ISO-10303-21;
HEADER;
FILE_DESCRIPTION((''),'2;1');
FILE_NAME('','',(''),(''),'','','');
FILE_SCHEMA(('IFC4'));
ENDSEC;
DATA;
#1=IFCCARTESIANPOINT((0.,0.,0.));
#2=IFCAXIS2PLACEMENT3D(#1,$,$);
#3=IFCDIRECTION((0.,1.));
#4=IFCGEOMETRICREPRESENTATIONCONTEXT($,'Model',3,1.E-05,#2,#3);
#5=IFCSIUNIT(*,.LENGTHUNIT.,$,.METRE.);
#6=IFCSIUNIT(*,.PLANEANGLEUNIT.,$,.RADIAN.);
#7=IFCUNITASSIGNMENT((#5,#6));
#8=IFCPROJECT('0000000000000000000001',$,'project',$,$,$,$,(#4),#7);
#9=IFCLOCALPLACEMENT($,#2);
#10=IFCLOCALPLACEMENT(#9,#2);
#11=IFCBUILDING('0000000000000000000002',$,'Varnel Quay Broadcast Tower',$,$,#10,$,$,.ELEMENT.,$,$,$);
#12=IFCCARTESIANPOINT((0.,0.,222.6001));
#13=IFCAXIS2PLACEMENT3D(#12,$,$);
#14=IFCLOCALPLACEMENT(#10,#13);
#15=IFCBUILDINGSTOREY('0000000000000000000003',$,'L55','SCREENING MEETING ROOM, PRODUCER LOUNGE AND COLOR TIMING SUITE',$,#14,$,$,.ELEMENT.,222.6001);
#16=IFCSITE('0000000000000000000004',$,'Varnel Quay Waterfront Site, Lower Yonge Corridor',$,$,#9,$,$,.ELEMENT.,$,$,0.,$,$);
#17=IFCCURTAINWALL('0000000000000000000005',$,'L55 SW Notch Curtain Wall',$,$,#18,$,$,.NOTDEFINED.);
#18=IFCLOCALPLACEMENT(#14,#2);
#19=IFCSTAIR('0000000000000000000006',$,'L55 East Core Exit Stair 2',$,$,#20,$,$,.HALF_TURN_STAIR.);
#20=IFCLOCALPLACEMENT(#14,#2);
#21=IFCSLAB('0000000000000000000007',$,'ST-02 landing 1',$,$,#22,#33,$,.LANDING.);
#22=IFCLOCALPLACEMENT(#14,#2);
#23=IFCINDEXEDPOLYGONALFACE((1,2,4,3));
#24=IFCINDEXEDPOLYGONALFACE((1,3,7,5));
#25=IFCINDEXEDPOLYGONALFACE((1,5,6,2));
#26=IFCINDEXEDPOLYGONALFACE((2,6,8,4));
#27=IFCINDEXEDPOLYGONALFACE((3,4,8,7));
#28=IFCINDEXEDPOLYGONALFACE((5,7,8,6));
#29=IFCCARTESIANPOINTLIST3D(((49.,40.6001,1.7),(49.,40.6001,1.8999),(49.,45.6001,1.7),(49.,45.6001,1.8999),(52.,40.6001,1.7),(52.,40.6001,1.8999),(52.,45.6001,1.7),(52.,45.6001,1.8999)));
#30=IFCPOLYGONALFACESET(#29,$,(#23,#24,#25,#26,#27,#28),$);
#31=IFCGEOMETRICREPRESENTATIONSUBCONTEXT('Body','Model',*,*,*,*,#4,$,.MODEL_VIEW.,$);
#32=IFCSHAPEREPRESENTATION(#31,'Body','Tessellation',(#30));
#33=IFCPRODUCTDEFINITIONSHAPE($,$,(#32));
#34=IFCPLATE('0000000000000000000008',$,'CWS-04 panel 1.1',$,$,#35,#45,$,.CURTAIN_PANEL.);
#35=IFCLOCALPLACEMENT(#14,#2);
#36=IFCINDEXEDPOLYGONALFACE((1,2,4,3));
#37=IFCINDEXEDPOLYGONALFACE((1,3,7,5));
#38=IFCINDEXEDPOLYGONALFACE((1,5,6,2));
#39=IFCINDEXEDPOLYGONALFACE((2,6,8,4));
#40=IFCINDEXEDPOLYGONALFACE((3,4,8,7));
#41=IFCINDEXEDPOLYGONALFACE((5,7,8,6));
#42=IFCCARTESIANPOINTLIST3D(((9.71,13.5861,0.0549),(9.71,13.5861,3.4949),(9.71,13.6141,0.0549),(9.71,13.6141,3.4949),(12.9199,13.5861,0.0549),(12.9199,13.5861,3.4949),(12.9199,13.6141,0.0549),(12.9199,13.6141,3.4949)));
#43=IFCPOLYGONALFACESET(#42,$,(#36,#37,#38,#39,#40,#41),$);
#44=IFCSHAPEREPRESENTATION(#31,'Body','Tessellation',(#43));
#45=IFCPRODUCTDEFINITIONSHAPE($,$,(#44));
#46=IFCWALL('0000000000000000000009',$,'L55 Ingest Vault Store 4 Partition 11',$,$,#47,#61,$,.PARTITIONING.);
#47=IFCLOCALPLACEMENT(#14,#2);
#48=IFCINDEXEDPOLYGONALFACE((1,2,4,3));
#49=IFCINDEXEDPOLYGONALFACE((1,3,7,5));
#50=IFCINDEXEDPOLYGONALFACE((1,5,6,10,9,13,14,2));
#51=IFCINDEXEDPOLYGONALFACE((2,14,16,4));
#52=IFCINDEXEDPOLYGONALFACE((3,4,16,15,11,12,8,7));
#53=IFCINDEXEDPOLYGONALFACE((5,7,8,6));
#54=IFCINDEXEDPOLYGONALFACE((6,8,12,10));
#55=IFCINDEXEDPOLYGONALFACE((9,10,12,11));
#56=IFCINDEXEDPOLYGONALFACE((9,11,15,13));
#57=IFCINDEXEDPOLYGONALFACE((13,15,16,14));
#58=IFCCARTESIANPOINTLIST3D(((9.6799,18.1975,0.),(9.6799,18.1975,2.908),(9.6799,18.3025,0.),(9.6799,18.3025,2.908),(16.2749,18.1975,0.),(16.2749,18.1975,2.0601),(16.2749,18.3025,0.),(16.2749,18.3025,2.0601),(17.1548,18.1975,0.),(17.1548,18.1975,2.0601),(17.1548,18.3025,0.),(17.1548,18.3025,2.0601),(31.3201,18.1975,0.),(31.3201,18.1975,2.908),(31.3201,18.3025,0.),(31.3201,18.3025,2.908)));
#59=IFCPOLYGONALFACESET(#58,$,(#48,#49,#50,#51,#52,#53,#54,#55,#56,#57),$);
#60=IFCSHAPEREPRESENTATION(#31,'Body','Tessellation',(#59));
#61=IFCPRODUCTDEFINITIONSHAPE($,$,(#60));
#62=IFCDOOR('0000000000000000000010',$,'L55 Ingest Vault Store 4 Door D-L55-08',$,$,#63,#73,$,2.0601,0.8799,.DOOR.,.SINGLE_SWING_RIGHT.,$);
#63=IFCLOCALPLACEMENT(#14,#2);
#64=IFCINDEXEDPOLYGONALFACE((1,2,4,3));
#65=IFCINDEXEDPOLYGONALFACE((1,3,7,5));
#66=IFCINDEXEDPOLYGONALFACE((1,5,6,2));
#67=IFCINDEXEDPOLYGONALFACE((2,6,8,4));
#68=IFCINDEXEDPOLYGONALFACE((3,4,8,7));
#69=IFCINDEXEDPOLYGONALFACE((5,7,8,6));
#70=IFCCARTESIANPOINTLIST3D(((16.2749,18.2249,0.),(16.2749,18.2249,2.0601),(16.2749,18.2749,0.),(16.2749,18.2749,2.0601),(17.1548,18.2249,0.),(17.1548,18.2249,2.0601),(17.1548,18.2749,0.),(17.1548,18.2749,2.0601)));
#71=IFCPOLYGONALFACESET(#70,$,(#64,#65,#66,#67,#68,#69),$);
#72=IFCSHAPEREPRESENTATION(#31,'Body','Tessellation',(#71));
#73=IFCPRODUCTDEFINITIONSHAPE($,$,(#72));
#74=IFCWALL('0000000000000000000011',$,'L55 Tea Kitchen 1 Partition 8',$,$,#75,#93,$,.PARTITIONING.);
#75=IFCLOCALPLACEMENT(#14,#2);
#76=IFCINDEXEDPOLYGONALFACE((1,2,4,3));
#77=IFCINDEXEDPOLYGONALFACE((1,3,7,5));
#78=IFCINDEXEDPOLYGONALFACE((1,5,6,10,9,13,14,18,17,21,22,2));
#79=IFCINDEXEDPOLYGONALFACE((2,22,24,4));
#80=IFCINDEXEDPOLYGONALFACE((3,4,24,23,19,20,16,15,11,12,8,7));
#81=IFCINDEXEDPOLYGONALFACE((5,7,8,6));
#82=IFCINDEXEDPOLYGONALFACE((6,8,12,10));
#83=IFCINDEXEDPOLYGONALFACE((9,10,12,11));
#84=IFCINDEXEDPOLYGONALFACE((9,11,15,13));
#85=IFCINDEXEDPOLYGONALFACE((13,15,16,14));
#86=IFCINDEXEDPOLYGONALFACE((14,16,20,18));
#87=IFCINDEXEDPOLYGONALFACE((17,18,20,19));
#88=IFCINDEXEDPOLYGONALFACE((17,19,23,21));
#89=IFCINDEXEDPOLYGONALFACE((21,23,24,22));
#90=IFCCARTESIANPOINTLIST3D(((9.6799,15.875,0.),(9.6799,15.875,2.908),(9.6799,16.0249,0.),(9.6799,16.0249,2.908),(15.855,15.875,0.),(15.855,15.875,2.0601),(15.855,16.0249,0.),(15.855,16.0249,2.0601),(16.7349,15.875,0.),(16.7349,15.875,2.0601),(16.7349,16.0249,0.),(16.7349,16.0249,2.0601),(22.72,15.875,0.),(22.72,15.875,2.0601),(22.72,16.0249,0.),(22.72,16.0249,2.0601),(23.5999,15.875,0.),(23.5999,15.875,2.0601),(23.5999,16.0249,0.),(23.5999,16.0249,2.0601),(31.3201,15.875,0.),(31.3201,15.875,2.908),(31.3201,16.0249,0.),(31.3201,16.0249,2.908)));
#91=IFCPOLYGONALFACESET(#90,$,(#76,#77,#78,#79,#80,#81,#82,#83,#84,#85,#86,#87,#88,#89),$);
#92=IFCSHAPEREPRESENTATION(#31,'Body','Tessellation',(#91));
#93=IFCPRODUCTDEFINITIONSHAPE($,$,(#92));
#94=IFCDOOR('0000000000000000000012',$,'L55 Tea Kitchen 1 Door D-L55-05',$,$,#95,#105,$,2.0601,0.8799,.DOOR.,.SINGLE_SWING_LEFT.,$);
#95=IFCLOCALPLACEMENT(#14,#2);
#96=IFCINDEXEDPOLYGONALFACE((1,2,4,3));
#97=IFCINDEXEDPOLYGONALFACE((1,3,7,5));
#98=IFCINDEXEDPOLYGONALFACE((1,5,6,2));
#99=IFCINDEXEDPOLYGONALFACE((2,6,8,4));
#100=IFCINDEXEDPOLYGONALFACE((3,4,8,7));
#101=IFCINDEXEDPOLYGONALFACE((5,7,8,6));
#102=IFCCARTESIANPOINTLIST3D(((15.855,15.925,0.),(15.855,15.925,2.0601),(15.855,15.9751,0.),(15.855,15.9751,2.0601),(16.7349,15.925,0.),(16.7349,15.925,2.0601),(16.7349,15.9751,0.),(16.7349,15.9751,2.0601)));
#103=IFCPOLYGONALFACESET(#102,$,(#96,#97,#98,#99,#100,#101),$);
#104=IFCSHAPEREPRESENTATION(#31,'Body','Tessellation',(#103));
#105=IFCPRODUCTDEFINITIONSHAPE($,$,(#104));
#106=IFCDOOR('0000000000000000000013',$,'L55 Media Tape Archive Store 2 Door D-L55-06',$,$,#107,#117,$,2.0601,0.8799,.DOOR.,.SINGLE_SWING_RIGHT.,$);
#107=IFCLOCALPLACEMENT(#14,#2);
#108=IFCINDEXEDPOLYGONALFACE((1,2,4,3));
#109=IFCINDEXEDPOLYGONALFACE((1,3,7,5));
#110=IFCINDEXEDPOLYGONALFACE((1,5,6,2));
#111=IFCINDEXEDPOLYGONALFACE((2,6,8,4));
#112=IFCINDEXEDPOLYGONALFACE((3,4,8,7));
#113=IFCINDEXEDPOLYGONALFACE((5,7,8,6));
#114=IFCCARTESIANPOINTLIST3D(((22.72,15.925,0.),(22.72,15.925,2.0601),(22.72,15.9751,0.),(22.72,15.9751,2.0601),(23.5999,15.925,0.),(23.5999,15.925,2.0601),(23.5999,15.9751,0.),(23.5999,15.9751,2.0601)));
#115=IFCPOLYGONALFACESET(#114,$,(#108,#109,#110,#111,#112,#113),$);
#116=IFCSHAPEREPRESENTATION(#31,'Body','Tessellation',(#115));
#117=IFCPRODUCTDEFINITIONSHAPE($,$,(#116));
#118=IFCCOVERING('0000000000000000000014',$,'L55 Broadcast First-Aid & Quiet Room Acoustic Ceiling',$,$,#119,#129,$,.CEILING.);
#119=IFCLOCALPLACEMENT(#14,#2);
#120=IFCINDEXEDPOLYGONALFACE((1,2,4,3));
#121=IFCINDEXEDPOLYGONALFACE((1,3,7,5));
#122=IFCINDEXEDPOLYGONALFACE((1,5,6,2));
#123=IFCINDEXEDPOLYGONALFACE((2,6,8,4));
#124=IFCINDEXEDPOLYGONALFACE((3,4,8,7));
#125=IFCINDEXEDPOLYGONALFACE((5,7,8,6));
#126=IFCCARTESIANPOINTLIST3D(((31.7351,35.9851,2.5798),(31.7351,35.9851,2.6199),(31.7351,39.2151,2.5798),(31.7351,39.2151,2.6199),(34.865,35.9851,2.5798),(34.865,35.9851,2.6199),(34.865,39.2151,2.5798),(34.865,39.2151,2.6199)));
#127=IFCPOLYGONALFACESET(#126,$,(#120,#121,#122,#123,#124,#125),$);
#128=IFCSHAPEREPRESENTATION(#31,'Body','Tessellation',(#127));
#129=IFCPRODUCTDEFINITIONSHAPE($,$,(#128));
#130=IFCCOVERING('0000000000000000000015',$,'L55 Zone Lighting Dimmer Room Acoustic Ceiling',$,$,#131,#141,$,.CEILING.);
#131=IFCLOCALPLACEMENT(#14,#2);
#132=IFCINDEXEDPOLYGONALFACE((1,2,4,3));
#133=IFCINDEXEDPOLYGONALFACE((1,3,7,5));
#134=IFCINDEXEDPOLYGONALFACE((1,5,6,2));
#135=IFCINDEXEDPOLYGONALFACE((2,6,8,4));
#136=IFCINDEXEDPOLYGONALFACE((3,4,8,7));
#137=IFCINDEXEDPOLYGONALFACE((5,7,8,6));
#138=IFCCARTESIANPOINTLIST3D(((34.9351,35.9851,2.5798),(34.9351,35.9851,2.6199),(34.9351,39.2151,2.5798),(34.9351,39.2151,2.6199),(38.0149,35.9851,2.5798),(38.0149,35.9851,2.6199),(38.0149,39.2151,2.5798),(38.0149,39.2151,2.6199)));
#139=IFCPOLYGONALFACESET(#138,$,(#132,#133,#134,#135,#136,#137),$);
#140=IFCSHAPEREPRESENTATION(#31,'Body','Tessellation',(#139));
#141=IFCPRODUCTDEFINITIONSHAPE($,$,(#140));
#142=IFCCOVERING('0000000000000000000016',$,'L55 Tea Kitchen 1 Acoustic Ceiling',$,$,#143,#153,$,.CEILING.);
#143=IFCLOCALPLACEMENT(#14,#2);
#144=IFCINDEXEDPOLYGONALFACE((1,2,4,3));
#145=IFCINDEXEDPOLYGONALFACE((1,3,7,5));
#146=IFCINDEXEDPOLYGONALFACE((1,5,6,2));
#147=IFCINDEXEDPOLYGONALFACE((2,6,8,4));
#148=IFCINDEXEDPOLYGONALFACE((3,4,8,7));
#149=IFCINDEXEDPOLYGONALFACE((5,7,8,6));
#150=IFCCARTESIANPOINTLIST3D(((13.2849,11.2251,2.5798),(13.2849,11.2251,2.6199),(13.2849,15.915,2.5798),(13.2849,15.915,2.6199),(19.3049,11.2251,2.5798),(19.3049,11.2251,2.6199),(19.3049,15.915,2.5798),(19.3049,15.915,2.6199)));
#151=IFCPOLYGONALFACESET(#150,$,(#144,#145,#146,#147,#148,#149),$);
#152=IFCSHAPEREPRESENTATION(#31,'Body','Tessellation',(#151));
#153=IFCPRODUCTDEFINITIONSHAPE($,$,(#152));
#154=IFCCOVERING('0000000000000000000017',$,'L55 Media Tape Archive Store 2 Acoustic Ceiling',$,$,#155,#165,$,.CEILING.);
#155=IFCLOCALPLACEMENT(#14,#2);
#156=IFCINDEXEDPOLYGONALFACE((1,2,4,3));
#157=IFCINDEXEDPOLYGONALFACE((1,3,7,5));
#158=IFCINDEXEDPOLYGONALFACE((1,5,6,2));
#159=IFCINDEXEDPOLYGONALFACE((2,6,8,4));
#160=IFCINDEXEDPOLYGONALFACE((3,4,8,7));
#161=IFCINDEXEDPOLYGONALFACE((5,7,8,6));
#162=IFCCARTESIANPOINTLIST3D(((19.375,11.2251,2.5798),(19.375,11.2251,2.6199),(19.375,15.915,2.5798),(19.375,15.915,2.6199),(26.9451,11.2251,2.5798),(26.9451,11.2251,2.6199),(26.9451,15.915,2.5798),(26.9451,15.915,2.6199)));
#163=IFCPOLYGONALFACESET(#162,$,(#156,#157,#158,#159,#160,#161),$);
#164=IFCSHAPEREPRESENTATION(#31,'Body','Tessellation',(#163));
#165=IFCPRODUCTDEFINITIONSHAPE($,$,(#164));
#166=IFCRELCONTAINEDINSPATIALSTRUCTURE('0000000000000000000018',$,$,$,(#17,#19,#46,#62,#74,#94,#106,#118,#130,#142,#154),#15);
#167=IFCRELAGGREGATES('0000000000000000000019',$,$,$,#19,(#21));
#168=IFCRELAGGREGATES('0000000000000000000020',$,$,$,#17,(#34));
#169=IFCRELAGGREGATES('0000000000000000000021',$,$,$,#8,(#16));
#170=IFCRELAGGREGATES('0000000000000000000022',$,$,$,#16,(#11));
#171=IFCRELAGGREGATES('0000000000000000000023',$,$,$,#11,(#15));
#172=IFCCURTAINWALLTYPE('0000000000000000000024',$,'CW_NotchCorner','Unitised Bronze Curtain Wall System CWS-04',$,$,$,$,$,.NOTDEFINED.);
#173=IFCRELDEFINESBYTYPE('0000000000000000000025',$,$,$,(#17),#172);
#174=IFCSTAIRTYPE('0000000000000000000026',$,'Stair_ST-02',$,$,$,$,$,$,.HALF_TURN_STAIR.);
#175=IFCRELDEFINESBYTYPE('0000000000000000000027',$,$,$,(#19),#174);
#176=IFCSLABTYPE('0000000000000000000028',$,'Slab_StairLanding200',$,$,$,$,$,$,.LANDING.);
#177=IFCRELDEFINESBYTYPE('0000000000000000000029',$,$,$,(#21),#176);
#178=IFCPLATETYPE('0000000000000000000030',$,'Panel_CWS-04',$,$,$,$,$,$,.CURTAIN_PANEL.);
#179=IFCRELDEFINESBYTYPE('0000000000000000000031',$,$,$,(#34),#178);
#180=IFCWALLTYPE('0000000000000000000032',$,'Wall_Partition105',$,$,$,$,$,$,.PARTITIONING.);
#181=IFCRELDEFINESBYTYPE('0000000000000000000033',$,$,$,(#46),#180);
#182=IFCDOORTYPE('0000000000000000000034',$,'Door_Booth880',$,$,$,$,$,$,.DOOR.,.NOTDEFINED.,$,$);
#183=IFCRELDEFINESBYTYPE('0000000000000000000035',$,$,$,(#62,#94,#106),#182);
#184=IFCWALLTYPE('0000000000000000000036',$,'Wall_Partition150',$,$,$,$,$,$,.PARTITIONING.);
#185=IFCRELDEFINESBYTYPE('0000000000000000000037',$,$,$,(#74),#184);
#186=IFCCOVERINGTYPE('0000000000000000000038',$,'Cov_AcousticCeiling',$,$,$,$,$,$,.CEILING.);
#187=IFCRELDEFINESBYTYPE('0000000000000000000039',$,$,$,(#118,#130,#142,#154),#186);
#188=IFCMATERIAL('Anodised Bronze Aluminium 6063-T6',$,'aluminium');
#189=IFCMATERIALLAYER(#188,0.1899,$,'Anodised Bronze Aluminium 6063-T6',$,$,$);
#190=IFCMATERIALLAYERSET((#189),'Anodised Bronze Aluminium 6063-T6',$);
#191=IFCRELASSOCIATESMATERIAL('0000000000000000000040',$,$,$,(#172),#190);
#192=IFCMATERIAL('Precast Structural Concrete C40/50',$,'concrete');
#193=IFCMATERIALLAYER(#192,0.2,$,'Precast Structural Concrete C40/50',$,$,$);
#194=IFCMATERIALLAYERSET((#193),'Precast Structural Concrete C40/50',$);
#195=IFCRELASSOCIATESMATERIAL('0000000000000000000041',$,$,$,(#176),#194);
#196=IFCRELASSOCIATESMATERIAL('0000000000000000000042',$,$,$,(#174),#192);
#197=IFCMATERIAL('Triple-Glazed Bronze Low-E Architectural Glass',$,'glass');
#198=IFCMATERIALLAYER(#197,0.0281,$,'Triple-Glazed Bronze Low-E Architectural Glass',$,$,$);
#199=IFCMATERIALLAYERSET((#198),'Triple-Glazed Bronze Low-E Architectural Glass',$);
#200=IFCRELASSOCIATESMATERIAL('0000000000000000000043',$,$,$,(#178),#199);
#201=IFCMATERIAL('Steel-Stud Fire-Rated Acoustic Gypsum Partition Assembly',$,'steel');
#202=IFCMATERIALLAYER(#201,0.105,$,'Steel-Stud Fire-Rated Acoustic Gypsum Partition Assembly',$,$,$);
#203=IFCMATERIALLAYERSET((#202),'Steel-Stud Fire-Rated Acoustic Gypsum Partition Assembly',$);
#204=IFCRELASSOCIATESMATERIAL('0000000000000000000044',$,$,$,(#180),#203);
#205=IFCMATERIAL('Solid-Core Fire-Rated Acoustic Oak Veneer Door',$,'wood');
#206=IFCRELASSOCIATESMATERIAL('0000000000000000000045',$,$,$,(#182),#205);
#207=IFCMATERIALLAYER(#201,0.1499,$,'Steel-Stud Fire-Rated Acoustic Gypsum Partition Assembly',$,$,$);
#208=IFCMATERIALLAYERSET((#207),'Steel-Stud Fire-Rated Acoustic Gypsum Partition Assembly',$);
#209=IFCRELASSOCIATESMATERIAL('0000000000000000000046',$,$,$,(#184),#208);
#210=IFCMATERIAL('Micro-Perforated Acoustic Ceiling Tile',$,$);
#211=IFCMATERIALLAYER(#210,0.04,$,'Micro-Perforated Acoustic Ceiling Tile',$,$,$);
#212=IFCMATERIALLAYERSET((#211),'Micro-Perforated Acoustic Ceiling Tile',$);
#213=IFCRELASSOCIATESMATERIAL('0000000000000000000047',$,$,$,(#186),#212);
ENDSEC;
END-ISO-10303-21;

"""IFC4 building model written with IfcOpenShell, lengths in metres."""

from ifc_helpers import new_model, si_unit, direction, frame, frame_2d, origin, origin_2d, place, context, subcontext, project, spatial, polyline, rectangle, outline, extrude, source, transform, mapped, material, layer, layer_set, type_object, type_shapes, element, fill, aggregate, save


model = new_model("IFC4")

# Units and contexts
model_context = context("Model", 3, precision=1e-05, world=origin(), true_north=direction((0.0, 1.0)))
body_context = subcontext(model_context, "Body", "Model", "MODEL_VIEW")
ifc_project = project(units=[si_unit("LENGTHUNIT", "METRE"), si_unit("PLANEANGLEUNIT", "RADIAN")], contexts=[model_context])

# Site, building, storey
site_placement = place(None, origin())
site = spatial("IfcSite", under=ifc_project, at=site_placement, Name="Varnel Quay Waterfront Site, Lower Yonge Corridor", CompositionType="ELEMENT", RefElevation=0.0)
building_placement = place(site_placement, origin())
building = spatial("IfcBuilding", under=site, at=building_placement, Name="Varnel Quay Broadcast Tower", CompositionType="ELEMENT")
storey_placement = place(building_placement, frame((0.0, 0.0, 222.6001)))
storey = spatial("IfcBuildingStorey", under=building, at=storey_placement, Name="L55", Description="SCREENING MEETING ROOM, PRODUCER LOUNGE AND COLOR TIMING SUITE", CompositionType="ELEMENT", Elevation=222.6001)

# Curtain wall
ifc_material_1 = material(Name="Anodised Bronze Aluminium 6063-T6", Category="aluminium")
ifc_layer_1 = layer(ifc_material_1, 0.1899, Name="Anodised Bronze Aluminium 6063-T6")
ifc_layer_set_1 = layer_set([ifc_layer_1], Name="Anodised Bronze Aluminium 6063-T6")
curtain_wall_type_1 = type_object("IfcCurtainWallType", Name="CW_NotchCorner", Description="Unitised Bronze Curtain Wall System CWS-04", PredefinedType="NOTDEFINED", material=ifc_layer_set_1)
curtain_wall_1_placement = place(storey_placement, origin())
curtain_wall_1 = element("IfcCurtainWall", 1, at=curtain_wall_1_placement, inside=storey, type_object=curtain_wall_type_1, Name="L55 SW Notch Curtain Wall", PredefinedType="NOTDEFINED")

# Stair, slab
ifc_material_2 = material(Name="Precast Structural Concrete C40/50", Category="concrete")
ifc_layer_2 = layer(ifc_material_2, 0.2, Name="Precast Structural Concrete C40/50")
ifc_layer_set_2 = layer_set([ifc_layer_2], Name="Precast Structural Concrete C40/50")
slab_type_1 = type_object("IfcSlabType", Name="Slab_StairLanding200", PredefinedType="LANDING", material=ifc_layer_set_2)
stair_type_1 = type_object("IfcStairType", Name="Stair_ST-02", PredefinedType="HALF_TURN_STAIR", material=ifc_material_2)
stair_1_placement = place(storey_placement, origin())
stair_1 = element("IfcStair", 2, at=stair_1_placement, inside=storey, type_object=stair_type_1, Name="L55 East Core Exit Stair 2", PredefinedType="HALF_TURN_STAIR")
slab_1_placement = place(storey_placement, frame((0.0, 0.0, 1.7)))
slab_1 = element("IfcSlab", 3, at=slab_1_placement, type_object=slab_type_1, Name="ST-02 landing 1", PredefinedType="LANDING", context=body_context, shape_type="SweptSolid", body=[
    extrude(outline(polyline([(52.0, 40.6001), (52.0, 45.6001), (49.0, 45.6001), (49.0, 40.6001), (52.0, 40.6001)])), origin(), (0.0, 0.0, 1.0), 0.2),
])
aggregate(stair_1, [slab_1])

# Plate
ifc_material_3 = material(Name="Triple-Glazed Bronze Low-E Architectural Glass", Category="glass")
ifc_layer_3 = layer(ifc_material_3, 0.0281, Name="Triple-Glazed Bronze Low-E Architectural Glass")
ifc_layer_set_3 = layer_set([ifc_layer_3], Name="Triple-Glazed Bronze Low-E Architectural Glass")
plate_type = type_object("IfcPlateType", Name="Panel_CWS-04", PredefinedType="CURTAIN_PANEL", material=ifc_layer_set_3)
shared_shape_1 = source(origin(), body_context, "Body", "SweptSolid", [
    extrude(rectangle(XDim=3.21, YDim=0.0281, at=origin_2d()), origin(), (0.0, 0.0, 1.0), 3.4399),
])
type_shapes(plate_type, [shared_shape_1])
plate_placement = place(storey_placement, frame((11.3149, 13.6001, 0.0549), z_axis=(0.0, 0.0, 1.0), x_axis=(1.0, 0.0, 0.0)))
plate = element("IfcPlate", 4, at=plate_placement, type_object=plate_type, Name="CWS-04 panel 1.1", PredefinedType="CURTAIN_PANEL", context=body_context, shape_type="MappedRepresentation", body=[
    mapped(shared_shape_1, transform((0.0, 0.0, 0.0), x_axis=(1.0, 0.0, 0.0), y_axis=(0.0, 1.0, 0.0), z_axis=(0.0, 0.0, 1.0), scale=1.0)),
])
aggregate(curtain_wall_1, [plate])

# Wall, opening, door
ifc_material_4 = material(Name="Steel-Stud Fire-Rated Acoustic Gypsum Partition Assembly", Category="steel")
ifc_layer_4 = layer(ifc_material_4, 0.105, Name="Steel-Stud Fire-Rated Acoustic Gypsum Partition Assembly")
ifc_layer_set_4 = layer_set([ifc_layer_4], Name="Steel-Stud Fire-Rated Acoustic Gypsum Partition Assembly")
wall_type_1 = type_object("IfcWallType", Name="Wall_Partition105", PredefinedType="PARTITIONING", material=ifc_layer_set_4)
wall_1_placement = place(storey_placement, frame((9.6799, 18.25, 0.0), z_axis=(0.0, 0.0, 1.0), x_axis=(1.0, 0.0, 0.0)))
wall_1 = element("IfcWall", 5, at=wall_1_placement, inside=storey, type_object=wall_type_1, Name="L55 Ingest Vault Store 4 Partition 11", PredefinedType="PARTITIONING", context=body_context, shape_type="SweptSolid", body=[
    extrude(rectangle(XDim=21.6401, YDim=0.105, at=frame_2d((10.8201, 0.0))), origin(), (0.0, 0.0, 1.0), 2.908),
])
opening_1_placement = place(wall_1_placement, frame((6.595, 0.0, 0.0)))
opening_1 = element("IfcOpeningElement", 6, at=opening_1_placement, cuts=wall_1, PredefinedType="OPENING", context=body_context, shape_type="SweptSolid", body=[
    extrude(rectangle(XDim=0.8799, YDim=2.0601, at=frame_2d((0.4399, 1.03))), frame((0.0, 0.0625, 0.0), z_axis=(0.0, -1.0, 0.0), x_axis=(1.0, 0.0, 0.0)), (0.0, 0.0, 1.0), 0.125),
])
ifc_material_5 = material(Name="Solid-Core Fire-Rated Acoustic Oak Veneer Door", Category="wood")
door_type = type_object("IfcDoorType", Name="Door_Booth880", OperationType="NOTDEFINED", PredefinedType="DOOR", material=ifc_material_5)
shared_shape_2 = source(origin(), body_context, "Body", "SweptSolid", [
    extrude(rectangle(XDim=0.8799, YDim=2.0601, at=frame_2d((0.4399, 1.03))), frame((0.0, 0.0249, 0.0), z_axis=(0.0, -1.0, 0.0), x_axis=(1.0, 0.0, 0.0)), (0.0, 0.0, 1.0), 0.05),
])
type_shapes(door_type, [shared_shape_2])
door_1_placement = place(opening_1_placement, origin())
door_1 = element("IfcDoor", 7, at=door_1_placement, inside=storey, type_object=door_type, Name="L55 Ingest Vault Store 4 Door D-L55-08", OperationType="SINGLE_SWING_RIGHT", OverallHeight=2.0601, OverallWidth=0.8799, PredefinedType="DOOR", context=body_context, shape_type="MappedRepresentation", body=[
    mapped(shared_shape_2, transform((0.0, 0.0, 0.0), x_axis=(1.0, 0.0, 0.0), y_axis=(0.0, 1.0, 0.0), z_axis=(0.0, 0.0, 1.0), scale=1.0)),
])
fill(opening_1, door_1)

# Wall, openings, doors
ifc_layer_5 = layer(ifc_material_4, 0.1499, Name="Steel-Stud Fire-Rated Acoustic Gypsum Partition Assembly")
ifc_layer_set_5 = layer_set([ifc_layer_5], Name="Steel-Stud Fire-Rated Acoustic Gypsum Partition Assembly")
wall_type_2 = type_object("IfcWallType", Name="Wall_Partition150", PredefinedType="PARTITIONING", material=ifc_layer_set_5)
wall_2_placement = place(storey_placement, frame((9.6799, 15.95, 0.0), z_axis=(0.0, 0.0, 1.0), x_axis=(1.0, 0.0, 0.0)))
wall_2 = element("IfcWall", 8, at=wall_2_placement, inside=storey, type_object=wall_type_2, Name="L55 Tea Kitchen 1 Partition 8", PredefinedType="PARTITIONING", context=body_context, shape_type="SweptSolid", body=[
    extrude(rectangle(XDim=21.6401, YDim=0.1499, at=frame_2d((10.8201, 0.0))), origin(), (0.0, 0.0, 1.0), 2.908),
])
opening_2_placement = place(wall_2_placement, frame((6.175, 0.0, 0.0)))
opening_2 = element("IfcOpeningElement", 9, at=opening_2_placement, cuts=wall_2, PredefinedType="OPENING", context=body_context, shape_type="SweptSolid", body=[
    extrude(rectangle(XDim=0.8799, YDim=2.0601, at=frame_2d((0.4399, 1.03))), frame((0.0, 0.085, 0.0), z_axis=(0.0, -1.0, 0.0), x_axis=(1.0, 0.0, 0.0)), (0.0, 0.0, 1.0), 0.1699),
])
opening_3_placement = place(wall_2_placement, frame((13.04, 0.0, 0.0)))
opening_3 = element("IfcOpeningElement", 10, at=opening_3_placement, cuts=wall_2, PredefinedType="OPENING", context=body_context, shape_type="SweptSolid", body=[
    extrude(rectangle(XDim=0.8799, YDim=2.0601, at=frame_2d((0.4399, 1.03))), frame((0.0, 0.085, 0.0), z_axis=(0.0, -1.0, 0.0), x_axis=(1.0, 0.0, 0.0)), (0.0, 0.0, 1.0), 0.1699),
])
door_2_placement = place(opening_2_placement, frame((0.8799, 0.0, 0.0), z_axis=(0.0, 0.0, 1.0), x_axis=(-1.0, 0.0, 0.0)))
door_2 = element("IfcDoor", 11, at=door_2_placement, inside=storey, type_object=door_type, Name="L55 Tea Kitchen 1 Door D-L55-05", OperationType="SINGLE_SWING_LEFT", OverallHeight=2.0601, OverallWidth=0.8799, PredefinedType="DOOR", context=body_context, shape_type="MappedRepresentation", body=[
    mapped(shared_shape_2, transform((0.0, 0.0, 0.0), x_axis=(1.0, 0.0, 0.0), y_axis=(0.0, 1.0, 0.0), z_axis=(0.0, 0.0, 1.0), scale=1.0)),
])
fill(opening_2, door_2)
door_3_placement = place(opening_3_placement, frame((0.8799, 0.0, 0.0), z_axis=(0.0, 0.0, 1.0), x_axis=(-1.0, 0.0, 0.0)))
door_3 = element("IfcDoor", 12, at=door_3_placement, inside=storey, type_object=door_type, Name="L55 Media Tape Archive Store 2 Door D-L55-06", OperationType="SINGLE_SWING_RIGHT", OverallHeight=2.0601, OverallWidth=0.8799, PredefinedType="DOOR", context=body_context, shape_type="MappedRepresentation", body=[
    mapped(shared_shape_2, transform((0.0, 0.0, 0.0), x_axis=(1.0, 0.0, 0.0), y_axis=(0.0, 1.0, 0.0), z_axis=(0.0, 0.0, 1.0), scale=1.0)),
])
fill(opening_3, door_3)

# Coverings
ifc_material_6 = material(Name="Micro-Perforated Acoustic Ceiling Tile")
ifc_layer_6 = layer(ifc_material_6, 0.04, Name="Micro-Perforated Acoustic Ceiling Tile")
ifc_layer_set_6 = layer_set([ifc_layer_6], Name="Micro-Perforated Acoustic Ceiling Tile")
covering_type_1 = type_object("IfcCoveringType", Name="Cov_AcousticCeiling", PredefinedType="CEILING", material=ifc_layer_set_6)
covering_1_placement = place(storey_placement, frame((0.0, 0.0, 2.5798)))
element("IfcCovering", 13, at=covering_1_placement, inside=storey, type_object=covering_type_1, Name="L55 Broadcast First-Aid & Quiet Room Acoustic Ceiling", PredefinedType="CEILING", context=body_context, shape_type="SweptSolid", body=[
    extrude(outline(polyline([(31.7351, 35.9851), (34.865, 35.9851), (34.865, 39.2151), (31.7351, 39.2151), (31.7351, 35.9851)])), origin(), (0.0, 0.0, 1.0), 0.04),
])
covering_2_placement = place(storey_placement, frame((0.0, 0.0, 2.5798)))
element("IfcCovering", 14, at=covering_2_placement, inside=storey, type_object=covering_type_1, Name="L55 Zone Lighting Dimmer Room Acoustic Ceiling", PredefinedType="CEILING", context=body_context, shape_type="SweptSolid", body=[
    extrude(outline(polyline([(34.9351, 35.9851), (38.0149, 35.9851), (38.0149, 39.2151), (34.9351, 39.2151), (34.9351, 35.9851)])), origin(), (0.0, 0.0, 1.0), 0.04),
])
covering_3_placement = place(storey_placement, frame((0.0, 0.0, 2.5798)))
element("IfcCovering", 15, at=covering_3_placement, inside=storey, type_object=covering_type_1, Name="L55 Tea Kitchen 1 Acoustic Ceiling", PredefinedType="CEILING", context=body_context, shape_type="SweptSolid", body=[
    extrude(outline(polyline([(13.2849, 11.2251), (19.3049, 11.2251), (19.3049, 15.915), (13.2849, 15.915), (13.2849, 11.2251)])), origin(), (0.0, 0.0, 1.0), 0.04),
])
covering_4_placement = place(storey_placement, frame((0.0, 0.0, 2.5798)))
element("IfcCovering", 16, at=covering_4_placement, inside=storey, type_object=covering_type_1, Name="L55 Media Tape Archive Store 2 Acoustic Ceiling", PredefinedType="CEILING", context=body_context, shape_type="SweptSolid", body=[
    extrude(outline(polyline([(19.375, 11.2251), (26.9451, 11.2251), (26.9451, 15.915), (19.375, 15.915), (19.375, 11.2251)])), origin(), (0.0, 0.0, 1.0), 0.04),
])

save(model, "model.ifc")
